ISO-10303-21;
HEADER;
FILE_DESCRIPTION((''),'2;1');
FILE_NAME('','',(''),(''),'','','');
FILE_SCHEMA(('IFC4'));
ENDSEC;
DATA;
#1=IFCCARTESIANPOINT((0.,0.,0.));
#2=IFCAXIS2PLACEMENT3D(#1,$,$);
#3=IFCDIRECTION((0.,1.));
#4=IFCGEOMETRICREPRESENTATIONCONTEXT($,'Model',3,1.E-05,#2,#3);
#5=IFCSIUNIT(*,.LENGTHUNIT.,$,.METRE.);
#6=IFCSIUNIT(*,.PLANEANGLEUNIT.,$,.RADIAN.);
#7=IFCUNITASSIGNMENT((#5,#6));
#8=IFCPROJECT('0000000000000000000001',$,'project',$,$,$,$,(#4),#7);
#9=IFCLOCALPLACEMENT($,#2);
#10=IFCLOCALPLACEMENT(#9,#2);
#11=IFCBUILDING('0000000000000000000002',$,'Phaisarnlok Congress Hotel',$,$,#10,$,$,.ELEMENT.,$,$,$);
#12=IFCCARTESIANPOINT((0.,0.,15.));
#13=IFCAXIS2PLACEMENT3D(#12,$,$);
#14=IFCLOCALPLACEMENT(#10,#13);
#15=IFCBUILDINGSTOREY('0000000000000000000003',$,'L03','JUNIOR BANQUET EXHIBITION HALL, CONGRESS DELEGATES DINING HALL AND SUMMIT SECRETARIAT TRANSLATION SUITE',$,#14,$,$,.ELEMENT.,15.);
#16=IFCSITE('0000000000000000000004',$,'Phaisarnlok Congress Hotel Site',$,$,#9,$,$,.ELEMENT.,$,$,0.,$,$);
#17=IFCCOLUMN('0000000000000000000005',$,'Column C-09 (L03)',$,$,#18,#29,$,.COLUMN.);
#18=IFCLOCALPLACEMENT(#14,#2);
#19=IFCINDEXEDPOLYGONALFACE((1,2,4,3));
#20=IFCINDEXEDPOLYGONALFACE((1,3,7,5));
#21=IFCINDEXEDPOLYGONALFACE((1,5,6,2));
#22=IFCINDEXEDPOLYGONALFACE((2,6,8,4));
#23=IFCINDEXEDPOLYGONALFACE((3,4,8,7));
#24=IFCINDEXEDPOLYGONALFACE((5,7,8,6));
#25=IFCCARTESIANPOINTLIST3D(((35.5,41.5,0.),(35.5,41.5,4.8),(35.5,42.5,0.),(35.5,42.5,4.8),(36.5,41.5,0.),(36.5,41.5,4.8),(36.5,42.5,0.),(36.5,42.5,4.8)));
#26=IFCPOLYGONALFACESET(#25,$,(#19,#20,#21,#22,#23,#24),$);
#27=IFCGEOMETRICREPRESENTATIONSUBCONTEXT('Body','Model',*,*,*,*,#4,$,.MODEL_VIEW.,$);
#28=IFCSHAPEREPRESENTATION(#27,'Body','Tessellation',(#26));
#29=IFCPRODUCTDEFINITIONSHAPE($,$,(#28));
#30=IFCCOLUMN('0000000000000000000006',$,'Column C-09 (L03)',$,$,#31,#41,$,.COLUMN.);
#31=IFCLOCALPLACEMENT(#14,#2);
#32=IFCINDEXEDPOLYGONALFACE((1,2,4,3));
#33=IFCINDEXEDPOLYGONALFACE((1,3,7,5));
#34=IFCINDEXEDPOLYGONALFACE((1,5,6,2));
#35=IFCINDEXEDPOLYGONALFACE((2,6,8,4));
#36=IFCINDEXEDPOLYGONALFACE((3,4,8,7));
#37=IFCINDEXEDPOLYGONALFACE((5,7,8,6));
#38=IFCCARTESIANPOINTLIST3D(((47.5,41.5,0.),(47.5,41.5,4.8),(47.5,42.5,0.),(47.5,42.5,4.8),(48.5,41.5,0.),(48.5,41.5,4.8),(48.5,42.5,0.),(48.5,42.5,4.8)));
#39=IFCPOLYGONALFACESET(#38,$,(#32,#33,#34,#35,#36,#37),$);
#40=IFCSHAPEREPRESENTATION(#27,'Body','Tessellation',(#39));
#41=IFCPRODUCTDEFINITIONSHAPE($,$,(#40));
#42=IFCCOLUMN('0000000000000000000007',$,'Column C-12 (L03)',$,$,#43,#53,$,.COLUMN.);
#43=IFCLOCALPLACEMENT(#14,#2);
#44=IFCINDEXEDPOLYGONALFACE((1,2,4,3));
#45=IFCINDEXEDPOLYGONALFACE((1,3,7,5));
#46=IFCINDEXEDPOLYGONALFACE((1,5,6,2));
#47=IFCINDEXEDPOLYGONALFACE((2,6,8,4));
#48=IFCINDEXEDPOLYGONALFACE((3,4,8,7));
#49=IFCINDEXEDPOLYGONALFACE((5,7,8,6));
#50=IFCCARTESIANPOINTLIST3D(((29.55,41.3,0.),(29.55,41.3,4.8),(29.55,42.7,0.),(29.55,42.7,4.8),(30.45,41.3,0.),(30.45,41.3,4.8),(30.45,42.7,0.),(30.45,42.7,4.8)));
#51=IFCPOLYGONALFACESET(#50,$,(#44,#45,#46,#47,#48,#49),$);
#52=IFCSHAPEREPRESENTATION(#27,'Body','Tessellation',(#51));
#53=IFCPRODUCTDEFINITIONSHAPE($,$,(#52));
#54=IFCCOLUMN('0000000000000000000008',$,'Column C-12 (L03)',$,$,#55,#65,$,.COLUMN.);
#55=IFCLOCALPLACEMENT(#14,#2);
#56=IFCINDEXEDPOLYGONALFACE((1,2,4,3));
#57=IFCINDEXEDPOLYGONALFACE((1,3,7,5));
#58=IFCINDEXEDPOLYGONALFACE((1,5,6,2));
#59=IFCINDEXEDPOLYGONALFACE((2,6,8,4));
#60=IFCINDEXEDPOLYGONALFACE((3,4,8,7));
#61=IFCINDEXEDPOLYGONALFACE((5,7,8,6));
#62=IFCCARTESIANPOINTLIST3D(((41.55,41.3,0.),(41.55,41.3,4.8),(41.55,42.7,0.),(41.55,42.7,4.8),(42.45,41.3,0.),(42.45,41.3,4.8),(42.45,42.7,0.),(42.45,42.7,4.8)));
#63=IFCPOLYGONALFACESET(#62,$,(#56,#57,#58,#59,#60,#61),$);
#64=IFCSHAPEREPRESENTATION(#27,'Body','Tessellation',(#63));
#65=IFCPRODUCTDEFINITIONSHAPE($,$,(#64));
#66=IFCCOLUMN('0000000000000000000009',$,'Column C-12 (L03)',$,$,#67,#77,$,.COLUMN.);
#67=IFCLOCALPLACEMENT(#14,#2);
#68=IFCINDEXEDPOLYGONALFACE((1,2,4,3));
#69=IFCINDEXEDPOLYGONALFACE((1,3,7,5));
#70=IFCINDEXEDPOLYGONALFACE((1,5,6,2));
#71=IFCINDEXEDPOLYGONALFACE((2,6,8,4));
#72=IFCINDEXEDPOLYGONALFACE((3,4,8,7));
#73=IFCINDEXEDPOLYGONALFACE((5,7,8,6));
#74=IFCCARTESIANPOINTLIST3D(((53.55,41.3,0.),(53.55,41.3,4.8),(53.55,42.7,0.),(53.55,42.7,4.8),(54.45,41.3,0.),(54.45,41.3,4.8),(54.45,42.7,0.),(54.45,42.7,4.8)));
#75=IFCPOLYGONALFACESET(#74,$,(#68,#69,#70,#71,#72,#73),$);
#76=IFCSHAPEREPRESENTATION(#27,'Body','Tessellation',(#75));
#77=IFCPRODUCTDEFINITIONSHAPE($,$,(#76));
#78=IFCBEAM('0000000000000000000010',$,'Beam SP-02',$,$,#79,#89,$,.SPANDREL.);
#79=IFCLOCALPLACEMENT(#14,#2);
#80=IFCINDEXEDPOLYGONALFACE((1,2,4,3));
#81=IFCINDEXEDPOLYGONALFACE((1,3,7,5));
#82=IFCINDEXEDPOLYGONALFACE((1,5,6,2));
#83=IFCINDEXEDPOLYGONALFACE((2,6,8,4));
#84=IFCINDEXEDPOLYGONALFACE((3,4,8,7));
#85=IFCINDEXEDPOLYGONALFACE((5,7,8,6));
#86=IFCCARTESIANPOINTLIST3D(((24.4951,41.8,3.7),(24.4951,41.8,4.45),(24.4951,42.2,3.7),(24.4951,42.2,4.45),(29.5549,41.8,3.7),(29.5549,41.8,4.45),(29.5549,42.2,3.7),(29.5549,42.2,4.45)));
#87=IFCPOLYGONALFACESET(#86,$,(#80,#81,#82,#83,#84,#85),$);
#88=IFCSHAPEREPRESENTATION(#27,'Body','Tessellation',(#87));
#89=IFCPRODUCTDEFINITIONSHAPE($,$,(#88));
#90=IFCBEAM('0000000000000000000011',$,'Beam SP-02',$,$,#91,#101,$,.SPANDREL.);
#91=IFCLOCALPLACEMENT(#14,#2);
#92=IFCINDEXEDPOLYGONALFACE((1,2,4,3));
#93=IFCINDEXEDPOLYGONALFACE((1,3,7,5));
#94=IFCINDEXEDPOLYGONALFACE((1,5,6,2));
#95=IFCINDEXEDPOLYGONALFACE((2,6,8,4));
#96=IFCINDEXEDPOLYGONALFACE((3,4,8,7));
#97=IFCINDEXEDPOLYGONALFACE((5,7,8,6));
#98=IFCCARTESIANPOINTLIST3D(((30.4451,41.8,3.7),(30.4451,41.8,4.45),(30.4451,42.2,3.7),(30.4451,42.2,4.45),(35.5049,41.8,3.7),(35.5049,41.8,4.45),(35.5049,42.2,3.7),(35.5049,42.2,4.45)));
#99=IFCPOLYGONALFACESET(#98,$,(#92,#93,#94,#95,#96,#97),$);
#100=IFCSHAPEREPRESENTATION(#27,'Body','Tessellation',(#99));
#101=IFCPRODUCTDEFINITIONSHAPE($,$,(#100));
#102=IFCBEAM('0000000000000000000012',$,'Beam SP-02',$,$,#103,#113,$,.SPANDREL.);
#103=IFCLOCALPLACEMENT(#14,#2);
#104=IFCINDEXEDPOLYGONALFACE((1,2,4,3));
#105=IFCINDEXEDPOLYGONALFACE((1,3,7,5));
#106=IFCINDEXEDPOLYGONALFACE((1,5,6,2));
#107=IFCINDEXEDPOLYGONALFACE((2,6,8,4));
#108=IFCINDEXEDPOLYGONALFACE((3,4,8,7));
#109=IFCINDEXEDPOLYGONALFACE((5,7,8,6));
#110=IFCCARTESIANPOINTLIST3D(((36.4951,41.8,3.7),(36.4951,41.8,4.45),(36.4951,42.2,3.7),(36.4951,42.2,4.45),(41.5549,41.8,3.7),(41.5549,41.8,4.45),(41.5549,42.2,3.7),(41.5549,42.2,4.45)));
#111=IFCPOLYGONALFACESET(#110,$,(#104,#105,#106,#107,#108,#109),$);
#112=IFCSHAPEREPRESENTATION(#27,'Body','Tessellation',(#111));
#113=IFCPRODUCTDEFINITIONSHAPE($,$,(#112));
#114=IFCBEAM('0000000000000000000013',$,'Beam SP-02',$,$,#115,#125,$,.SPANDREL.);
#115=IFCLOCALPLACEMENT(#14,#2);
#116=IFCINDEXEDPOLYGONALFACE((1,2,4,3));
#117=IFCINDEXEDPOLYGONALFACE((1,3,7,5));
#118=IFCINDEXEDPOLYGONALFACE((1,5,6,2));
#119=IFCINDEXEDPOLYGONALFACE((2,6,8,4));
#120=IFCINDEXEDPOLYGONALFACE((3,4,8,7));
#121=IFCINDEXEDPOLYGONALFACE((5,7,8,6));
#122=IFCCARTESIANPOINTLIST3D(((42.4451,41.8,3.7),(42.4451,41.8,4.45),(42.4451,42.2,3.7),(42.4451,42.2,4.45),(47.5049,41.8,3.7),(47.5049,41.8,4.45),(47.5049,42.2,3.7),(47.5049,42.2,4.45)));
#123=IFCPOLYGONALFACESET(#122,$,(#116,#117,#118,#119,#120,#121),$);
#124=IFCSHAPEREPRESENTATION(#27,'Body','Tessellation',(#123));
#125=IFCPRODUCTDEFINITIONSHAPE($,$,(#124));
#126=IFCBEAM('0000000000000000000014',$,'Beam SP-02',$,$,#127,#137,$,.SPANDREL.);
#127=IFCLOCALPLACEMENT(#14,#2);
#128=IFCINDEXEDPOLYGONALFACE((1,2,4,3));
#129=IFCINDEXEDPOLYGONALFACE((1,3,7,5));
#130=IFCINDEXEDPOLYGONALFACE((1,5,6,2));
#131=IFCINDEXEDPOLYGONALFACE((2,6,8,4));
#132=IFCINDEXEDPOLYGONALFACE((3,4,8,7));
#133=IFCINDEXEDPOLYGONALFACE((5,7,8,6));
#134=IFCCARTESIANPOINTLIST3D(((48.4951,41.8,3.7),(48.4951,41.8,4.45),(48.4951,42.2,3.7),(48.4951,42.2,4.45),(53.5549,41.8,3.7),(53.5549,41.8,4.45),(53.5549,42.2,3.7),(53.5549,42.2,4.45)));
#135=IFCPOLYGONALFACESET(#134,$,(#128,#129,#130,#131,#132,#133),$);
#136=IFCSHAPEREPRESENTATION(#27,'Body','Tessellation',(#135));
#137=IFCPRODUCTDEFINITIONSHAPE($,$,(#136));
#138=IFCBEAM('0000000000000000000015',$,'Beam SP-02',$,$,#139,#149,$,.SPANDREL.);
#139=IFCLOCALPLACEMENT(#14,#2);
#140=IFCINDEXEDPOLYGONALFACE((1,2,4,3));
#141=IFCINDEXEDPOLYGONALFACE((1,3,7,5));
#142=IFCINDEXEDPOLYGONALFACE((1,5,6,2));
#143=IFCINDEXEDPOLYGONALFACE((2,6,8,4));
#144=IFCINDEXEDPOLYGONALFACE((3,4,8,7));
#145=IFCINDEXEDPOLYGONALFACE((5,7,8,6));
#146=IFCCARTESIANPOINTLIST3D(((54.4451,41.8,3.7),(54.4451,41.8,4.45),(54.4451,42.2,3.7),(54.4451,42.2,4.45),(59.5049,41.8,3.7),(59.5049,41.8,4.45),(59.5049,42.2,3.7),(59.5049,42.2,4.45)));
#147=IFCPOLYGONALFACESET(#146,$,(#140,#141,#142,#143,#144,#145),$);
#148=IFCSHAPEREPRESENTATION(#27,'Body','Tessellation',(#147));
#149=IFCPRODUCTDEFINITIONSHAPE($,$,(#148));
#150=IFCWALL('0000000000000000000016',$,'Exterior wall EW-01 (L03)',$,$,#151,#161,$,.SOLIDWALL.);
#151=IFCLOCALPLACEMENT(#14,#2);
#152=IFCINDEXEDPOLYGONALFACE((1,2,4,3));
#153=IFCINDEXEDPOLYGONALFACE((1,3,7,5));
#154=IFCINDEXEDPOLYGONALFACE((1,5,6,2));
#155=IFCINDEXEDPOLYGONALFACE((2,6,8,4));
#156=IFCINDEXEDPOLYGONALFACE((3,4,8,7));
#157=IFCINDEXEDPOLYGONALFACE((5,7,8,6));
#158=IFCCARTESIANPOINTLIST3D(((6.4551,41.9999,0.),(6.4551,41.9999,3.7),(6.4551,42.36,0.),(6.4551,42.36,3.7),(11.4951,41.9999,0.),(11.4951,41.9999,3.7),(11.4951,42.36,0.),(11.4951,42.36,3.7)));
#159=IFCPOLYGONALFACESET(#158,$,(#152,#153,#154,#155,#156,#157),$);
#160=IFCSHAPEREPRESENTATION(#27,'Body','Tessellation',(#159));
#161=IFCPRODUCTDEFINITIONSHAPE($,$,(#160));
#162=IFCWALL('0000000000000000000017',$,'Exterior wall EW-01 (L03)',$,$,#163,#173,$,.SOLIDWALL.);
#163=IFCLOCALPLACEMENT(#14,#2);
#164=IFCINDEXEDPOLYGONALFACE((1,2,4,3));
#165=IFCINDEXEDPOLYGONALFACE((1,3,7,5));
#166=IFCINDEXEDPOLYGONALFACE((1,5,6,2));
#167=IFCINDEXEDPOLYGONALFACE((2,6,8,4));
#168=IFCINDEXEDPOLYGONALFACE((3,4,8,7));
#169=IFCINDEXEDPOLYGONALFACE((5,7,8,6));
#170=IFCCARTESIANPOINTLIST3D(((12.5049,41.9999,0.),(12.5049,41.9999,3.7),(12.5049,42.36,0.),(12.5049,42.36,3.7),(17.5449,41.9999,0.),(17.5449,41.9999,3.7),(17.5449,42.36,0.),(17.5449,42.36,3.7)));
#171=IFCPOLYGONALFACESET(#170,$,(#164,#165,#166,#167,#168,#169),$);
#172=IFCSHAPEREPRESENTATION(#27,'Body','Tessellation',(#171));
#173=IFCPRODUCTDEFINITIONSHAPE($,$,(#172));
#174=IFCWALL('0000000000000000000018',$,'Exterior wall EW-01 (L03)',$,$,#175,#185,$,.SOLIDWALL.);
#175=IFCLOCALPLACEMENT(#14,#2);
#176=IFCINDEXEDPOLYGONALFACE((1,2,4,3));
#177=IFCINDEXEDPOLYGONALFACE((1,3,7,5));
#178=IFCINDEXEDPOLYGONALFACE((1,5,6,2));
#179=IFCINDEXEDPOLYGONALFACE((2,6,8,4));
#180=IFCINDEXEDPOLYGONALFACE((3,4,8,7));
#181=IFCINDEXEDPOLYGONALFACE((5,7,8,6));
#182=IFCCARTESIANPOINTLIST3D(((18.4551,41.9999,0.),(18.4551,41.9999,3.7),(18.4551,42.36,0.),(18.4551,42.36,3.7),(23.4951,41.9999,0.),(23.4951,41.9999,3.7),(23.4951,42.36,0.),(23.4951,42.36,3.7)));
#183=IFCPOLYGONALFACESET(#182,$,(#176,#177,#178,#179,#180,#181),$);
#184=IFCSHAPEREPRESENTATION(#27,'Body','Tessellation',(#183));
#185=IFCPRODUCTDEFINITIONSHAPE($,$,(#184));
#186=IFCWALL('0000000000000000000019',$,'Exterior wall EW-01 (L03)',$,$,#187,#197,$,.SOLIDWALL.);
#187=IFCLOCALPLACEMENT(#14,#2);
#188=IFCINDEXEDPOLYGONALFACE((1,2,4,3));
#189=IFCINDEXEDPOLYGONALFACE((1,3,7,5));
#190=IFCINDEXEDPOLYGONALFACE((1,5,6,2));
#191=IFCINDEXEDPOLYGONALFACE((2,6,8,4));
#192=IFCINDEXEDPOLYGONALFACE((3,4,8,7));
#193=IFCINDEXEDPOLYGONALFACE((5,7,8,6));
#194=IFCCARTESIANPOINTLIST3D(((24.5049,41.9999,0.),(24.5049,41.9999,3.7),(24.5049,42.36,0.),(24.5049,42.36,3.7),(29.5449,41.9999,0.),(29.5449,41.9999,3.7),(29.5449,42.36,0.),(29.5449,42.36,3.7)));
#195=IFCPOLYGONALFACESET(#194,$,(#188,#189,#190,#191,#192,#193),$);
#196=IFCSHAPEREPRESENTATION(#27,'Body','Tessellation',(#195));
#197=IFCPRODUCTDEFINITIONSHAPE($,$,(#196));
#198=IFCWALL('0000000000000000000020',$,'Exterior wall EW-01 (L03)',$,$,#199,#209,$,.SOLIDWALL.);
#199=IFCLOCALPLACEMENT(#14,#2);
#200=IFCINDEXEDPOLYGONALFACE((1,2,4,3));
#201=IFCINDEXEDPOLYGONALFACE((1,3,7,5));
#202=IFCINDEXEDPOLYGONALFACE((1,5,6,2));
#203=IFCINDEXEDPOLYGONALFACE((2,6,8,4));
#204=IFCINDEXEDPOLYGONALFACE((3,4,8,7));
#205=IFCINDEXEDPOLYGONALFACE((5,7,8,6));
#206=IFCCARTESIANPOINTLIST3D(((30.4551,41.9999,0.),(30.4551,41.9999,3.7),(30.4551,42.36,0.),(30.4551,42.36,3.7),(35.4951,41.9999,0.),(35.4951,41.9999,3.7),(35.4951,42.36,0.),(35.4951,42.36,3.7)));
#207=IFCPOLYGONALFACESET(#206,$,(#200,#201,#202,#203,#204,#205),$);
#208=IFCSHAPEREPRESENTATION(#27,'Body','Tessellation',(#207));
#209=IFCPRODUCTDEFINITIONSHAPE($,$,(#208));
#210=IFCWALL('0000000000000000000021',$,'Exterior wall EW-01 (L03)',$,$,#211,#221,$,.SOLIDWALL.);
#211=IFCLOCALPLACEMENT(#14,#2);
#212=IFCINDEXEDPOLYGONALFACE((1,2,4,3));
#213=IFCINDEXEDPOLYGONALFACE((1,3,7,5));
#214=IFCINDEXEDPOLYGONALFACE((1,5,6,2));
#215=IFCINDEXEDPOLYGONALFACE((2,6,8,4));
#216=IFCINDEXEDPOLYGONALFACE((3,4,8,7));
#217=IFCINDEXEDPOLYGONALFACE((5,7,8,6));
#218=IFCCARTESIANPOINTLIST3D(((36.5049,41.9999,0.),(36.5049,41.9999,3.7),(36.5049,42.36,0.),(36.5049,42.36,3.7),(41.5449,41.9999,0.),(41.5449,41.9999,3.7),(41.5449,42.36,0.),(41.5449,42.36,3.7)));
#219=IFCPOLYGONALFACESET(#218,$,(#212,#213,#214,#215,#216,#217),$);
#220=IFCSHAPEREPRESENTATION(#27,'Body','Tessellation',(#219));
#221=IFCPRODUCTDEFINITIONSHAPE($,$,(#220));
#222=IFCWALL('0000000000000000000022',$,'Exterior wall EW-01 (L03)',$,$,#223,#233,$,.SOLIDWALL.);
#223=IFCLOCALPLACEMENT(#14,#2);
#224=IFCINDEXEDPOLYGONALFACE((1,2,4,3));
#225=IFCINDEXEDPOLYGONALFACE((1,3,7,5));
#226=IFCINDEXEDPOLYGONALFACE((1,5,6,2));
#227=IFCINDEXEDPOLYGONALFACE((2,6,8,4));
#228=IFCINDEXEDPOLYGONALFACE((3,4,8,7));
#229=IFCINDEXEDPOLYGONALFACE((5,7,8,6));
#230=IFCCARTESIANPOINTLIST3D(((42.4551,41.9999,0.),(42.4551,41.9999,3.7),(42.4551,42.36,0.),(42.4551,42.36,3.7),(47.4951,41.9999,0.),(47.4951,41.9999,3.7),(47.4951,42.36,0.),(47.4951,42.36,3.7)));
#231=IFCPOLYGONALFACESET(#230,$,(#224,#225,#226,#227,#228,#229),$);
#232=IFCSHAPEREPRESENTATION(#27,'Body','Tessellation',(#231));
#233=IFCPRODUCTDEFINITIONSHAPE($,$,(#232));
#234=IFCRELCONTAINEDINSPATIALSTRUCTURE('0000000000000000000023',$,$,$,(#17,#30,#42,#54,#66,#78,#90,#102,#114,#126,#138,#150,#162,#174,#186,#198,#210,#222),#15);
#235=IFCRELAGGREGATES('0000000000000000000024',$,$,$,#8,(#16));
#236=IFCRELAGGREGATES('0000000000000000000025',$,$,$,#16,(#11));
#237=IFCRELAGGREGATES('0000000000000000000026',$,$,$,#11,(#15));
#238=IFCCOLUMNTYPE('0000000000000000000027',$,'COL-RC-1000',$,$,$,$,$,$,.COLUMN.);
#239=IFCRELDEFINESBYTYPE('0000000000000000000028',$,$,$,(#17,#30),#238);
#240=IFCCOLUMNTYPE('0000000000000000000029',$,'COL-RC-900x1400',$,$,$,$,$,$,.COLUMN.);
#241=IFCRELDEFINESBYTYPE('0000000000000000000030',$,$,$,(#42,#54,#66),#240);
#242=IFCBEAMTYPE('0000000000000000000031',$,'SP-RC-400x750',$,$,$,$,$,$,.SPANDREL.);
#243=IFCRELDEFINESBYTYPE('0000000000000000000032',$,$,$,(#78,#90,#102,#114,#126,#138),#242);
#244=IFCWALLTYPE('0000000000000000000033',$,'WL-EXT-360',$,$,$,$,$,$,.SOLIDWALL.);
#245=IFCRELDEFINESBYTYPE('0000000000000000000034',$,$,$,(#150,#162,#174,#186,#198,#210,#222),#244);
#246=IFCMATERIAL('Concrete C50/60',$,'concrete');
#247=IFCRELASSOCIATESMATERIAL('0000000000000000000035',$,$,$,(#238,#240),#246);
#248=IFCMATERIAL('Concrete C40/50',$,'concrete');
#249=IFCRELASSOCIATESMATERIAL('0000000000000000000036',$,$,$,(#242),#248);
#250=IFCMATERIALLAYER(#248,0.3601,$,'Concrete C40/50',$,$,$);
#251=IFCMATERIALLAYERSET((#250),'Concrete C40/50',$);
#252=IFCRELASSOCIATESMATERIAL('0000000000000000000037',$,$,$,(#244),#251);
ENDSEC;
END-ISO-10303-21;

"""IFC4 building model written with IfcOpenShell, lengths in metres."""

from ifc_helpers import new_model, si_unit, direction, frame, frame_2d, origin, origin_2d, place, context, subcontext, project, spatial, rectangle, extrude, material, layer, layer_set, material_profile, profile_set, type_object, element, save


model = new_model("IFC4")

# Units and contexts
model_context = context("Model", 3, precision=1e-05, world=origin(), true_north=direction((0.0, 1.0)))
body_context = subcontext(model_context, "Body", "Model", "MODEL_VIEW")
ifc_project = project(units=[si_unit("LENGTHUNIT", "METRE"), si_unit("PLANEANGLEUNIT", "RADIAN")], contexts=[model_context])

# Site, building, storey
site_placement = place(None, origin())
site = spatial("IfcSite", under=ifc_project, at=site_placement, Name="Phaisarnlok Congress Hotel Site", CompositionType="ELEMENT", RefElevation=0.0)
building_placement = place(site_placement, origin())
building = spatial("IfcBuilding", under=site, at=building_placement, Name="Phaisarnlok Congress Hotel", CompositionType="ELEMENT")
storey_placement = place(building_placement, frame((0.0, 0.0, 15.0)))
storey = spatial("IfcBuildingStorey", under=building, at=storey_placement, Name="L03", Description="JUNIOR BANQUET EXHIBITION HALL, CONGRESS DELEGATES DINING HALL AND SUMMIT SECRETARIAT TRANSLATION SUITE", CompositionType="ELEMENT", Elevation=15.0)

# Columns
ifc_material_1 = material(Name="Concrete C50/60", Category="concrete")
ifc_material_profile_1 = material_profile(ifc_material_1, rectangle(XDim=1.0, YDim=1.0, at=origin_2d()), Name="RC 1000x1000")
ifc_profile_set_1 = profile_set([ifc_material_profile_1], Name="Concrete C50/60")
column_type_1 = type_object("IfcColumnType", Name="COL-RC-1000", PredefinedType="COLUMN", material=ifc_profile_set_1)
for number, where, z_axis, x_axis, name in (
    (1, (36.0, 42.0, 0.0), (0.0, 0.0, 1.0), (1.0, 0.0, 0.0), "Column C-09 (L03)"),
    (2, (48.0, 42.0, 0.0), (0.0, 0.0, 1.0), (1.0, 0.0, 0.0), "Column C-09 (L03)"),
):
    element("IfcColumn", number, at=place(storey_placement, frame(where, z_axis=z_axis, x_axis=x_axis)), inside=storey, type_object=column_type_1, Name=name, PredefinedType="COLUMN", context=body_context, shape_type="SweptSolid", body=[
        extrude(rectangle(XDim=1.0, YDim=1.0, at=origin_2d()), origin(), (0.0, 0.0, 1.0), 4.8),
    ])
ifc_material_profile_2 = material_profile(ifc_material_1, rectangle(XDim=0.8999, YDim=1.3999, at=origin_2d()), Name="RC 900x1400")
ifc_profile_set_2 = profile_set([ifc_material_profile_2], Name="Concrete C50/60")
column_type_2 = type_object("IfcColumnType", Name="COL-RC-900x1400", PredefinedType="COLUMN", material=ifc_profile_set_2)
for number, where, z_axis, x_axis, name in (
    (3, (30.0, 42.0, 0.0), (0.0, 0.0, 1.0), (1.0, 0.0, 0.0), "Column C-12 (L03)"),
    (4, (42.0, 42.0, 0.0), (0.0, 0.0, 1.0), (1.0, 0.0, 0.0), "Column C-12 (L03)"),
    (5, (54.0, 42.0, 0.0), (0.0, 0.0, 1.0), (1.0, 0.0, 0.0), "Column C-12 (L03)"),
):
    element("IfcColumn", number, at=place(storey_placement, frame(where, z_axis=z_axis, x_axis=x_axis)), inside=storey, type_object=column_type_2, Name=name, PredefinedType="COLUMN", context=body_context, shape_type="SweptSolid", body=[
        extrude(rectangle(XDim=0.8999, YDim=1.3999, at=origin_2d()), origin(), (0.0, 0.0, 1.0), 4.8),
    ])

# Beams
ifc_material_2 = material(Name="Concrete C40/50", Category="concrete")
ifc_material_profile_3 = material_profile(ifc_material_2, rectangle(XDim=0.3999, YDim=0.75, at=origin_2d()), Name="RC 400x750")
ifc_profile_set_3 = profile_set([ifc_material_profile_3], Name="Concrete C40/50")
beam_type = type_object("IfcBeamType", Name="SP-RC-400x750", PredefinedType="SPANDREL", material=ifc_profile_set_3)
for number, where, z_axis, x_axis, name in (
    (6, (24.4951, 42.0, 4.075), (1.0, 0.0, 0.0), (0.0, 1.0, 0.0), "Beam SP-02"),
    (7, (30.4451, 42.0, 4.075), (1.0, 0.0, 0.0), (0.0, 1.0, 0.0), "Beam SP-02"),
    (8, (36.4951, 42.0, 4.075), (1.0, 0.0, 0.0), (0.0, 1.0, 0.0), "Beam SP-02"),
    (9, (42.4451, 42.0, 4.075), (1.0, 0.0, 0.0), (0.0, 1.0, 0.0), "Beam SP-02"),
    (10, (48.4951, 42.0, 4.075), (1.0, 0.0, 0.0), (0.0, 1.0, 0.0), "Beam SP-02"),
    (11, (54.4451, 42.0, 4.075), (1.0, 0.0, 0.0), (0.0, 1.0, 0.0), "Beam SP-02"),
):
    element("IfcBeam", number, at=place(storey_placement, frame(where, z_axis=z_axis, x_axis=x_axis)), inside=storey, type_object=beam_type, Name=name, PredefinedType="SPANDREL", context=body_context, shape_type="SweptSolid", body=[
        extrude(rectangle(XDim=0.3999, YDim=0.75, at=origin_2d()), origin(), (0.0, 0.0, 1.0), 5.0598),
    ])

# Walls
ifc_layer_1 = layer(ifc_material_2, 0.3601, Name="Concrete C40/50")
ifc_layer_set_1 = layer_set([ifc_layer_1], Name="Concrete C40/50")
wall_type_1 = type_object("IfcWallType", Name="WL-EXT-360", PredefinedType="SOLIDWALL", material=ifc_layer_set_1)
for number, where, z_axis, x_axis, name in (
    (12, (6.4551, 42.1799, 0.0), (0.0, 0.0, 1.0), (1.0, 0.0, 0.0), "Exterior wall EW-01 (L03)"),
    (13, (12.5049, 42.1799, 0.0), (0.0, 0.0, 1.0), (1.0, 0.0, 0.0), "Exterior wall EW-01 (L03)"),
    (14, (18.4551, 42.1799, 0.0), (0.0, 0.0, 1.0), (1.0, 0.0, 0.0), "Exterior wall EW-01 (L03)"),
    (15, (24.5049, 42.1799, 0.0), (0.0, 0.0, 1.0), (1.0, 0.0, 0.0), "Exterior wall EW-01 (L03)"),
    (16, (30.4551, 42.1799, 0.0), (0.0, 0.0, 1.0), (1.0, 0.0, 0.0), "Exterior wall EW-01 (L03)"),
    (17, (36.5049, 42.1799, 0.0), (0.0, 0.0, 1.0), (1.0, 0.0, 0.0), "Exterior wall EW-01 (L03)"),
    (18, (42.4551, 42.1799, 0.0), (0.0, 0.0, 1.0), (1.0, 0.0, 0.0), "Exterior wall EW-01 (L03)"),
):
    element("IfcWall", number, at=place(storey_placement, frame(where, z_axis=z_axis, x_axis=x_axis)), inside=storey, type_object=wall_type_1, Name=name, PredefinedType="SOLIDWALL", context=body_context, shape_type="SweptSolid", body=[
        extrude(rectangle(XDim=5.04, YDim=0.3601, at=frame_2d((2.52, 0.0))), origin(), (0.0, 0.0, 1.0), 3.7),
    ])

save(model, "model.ifc")
